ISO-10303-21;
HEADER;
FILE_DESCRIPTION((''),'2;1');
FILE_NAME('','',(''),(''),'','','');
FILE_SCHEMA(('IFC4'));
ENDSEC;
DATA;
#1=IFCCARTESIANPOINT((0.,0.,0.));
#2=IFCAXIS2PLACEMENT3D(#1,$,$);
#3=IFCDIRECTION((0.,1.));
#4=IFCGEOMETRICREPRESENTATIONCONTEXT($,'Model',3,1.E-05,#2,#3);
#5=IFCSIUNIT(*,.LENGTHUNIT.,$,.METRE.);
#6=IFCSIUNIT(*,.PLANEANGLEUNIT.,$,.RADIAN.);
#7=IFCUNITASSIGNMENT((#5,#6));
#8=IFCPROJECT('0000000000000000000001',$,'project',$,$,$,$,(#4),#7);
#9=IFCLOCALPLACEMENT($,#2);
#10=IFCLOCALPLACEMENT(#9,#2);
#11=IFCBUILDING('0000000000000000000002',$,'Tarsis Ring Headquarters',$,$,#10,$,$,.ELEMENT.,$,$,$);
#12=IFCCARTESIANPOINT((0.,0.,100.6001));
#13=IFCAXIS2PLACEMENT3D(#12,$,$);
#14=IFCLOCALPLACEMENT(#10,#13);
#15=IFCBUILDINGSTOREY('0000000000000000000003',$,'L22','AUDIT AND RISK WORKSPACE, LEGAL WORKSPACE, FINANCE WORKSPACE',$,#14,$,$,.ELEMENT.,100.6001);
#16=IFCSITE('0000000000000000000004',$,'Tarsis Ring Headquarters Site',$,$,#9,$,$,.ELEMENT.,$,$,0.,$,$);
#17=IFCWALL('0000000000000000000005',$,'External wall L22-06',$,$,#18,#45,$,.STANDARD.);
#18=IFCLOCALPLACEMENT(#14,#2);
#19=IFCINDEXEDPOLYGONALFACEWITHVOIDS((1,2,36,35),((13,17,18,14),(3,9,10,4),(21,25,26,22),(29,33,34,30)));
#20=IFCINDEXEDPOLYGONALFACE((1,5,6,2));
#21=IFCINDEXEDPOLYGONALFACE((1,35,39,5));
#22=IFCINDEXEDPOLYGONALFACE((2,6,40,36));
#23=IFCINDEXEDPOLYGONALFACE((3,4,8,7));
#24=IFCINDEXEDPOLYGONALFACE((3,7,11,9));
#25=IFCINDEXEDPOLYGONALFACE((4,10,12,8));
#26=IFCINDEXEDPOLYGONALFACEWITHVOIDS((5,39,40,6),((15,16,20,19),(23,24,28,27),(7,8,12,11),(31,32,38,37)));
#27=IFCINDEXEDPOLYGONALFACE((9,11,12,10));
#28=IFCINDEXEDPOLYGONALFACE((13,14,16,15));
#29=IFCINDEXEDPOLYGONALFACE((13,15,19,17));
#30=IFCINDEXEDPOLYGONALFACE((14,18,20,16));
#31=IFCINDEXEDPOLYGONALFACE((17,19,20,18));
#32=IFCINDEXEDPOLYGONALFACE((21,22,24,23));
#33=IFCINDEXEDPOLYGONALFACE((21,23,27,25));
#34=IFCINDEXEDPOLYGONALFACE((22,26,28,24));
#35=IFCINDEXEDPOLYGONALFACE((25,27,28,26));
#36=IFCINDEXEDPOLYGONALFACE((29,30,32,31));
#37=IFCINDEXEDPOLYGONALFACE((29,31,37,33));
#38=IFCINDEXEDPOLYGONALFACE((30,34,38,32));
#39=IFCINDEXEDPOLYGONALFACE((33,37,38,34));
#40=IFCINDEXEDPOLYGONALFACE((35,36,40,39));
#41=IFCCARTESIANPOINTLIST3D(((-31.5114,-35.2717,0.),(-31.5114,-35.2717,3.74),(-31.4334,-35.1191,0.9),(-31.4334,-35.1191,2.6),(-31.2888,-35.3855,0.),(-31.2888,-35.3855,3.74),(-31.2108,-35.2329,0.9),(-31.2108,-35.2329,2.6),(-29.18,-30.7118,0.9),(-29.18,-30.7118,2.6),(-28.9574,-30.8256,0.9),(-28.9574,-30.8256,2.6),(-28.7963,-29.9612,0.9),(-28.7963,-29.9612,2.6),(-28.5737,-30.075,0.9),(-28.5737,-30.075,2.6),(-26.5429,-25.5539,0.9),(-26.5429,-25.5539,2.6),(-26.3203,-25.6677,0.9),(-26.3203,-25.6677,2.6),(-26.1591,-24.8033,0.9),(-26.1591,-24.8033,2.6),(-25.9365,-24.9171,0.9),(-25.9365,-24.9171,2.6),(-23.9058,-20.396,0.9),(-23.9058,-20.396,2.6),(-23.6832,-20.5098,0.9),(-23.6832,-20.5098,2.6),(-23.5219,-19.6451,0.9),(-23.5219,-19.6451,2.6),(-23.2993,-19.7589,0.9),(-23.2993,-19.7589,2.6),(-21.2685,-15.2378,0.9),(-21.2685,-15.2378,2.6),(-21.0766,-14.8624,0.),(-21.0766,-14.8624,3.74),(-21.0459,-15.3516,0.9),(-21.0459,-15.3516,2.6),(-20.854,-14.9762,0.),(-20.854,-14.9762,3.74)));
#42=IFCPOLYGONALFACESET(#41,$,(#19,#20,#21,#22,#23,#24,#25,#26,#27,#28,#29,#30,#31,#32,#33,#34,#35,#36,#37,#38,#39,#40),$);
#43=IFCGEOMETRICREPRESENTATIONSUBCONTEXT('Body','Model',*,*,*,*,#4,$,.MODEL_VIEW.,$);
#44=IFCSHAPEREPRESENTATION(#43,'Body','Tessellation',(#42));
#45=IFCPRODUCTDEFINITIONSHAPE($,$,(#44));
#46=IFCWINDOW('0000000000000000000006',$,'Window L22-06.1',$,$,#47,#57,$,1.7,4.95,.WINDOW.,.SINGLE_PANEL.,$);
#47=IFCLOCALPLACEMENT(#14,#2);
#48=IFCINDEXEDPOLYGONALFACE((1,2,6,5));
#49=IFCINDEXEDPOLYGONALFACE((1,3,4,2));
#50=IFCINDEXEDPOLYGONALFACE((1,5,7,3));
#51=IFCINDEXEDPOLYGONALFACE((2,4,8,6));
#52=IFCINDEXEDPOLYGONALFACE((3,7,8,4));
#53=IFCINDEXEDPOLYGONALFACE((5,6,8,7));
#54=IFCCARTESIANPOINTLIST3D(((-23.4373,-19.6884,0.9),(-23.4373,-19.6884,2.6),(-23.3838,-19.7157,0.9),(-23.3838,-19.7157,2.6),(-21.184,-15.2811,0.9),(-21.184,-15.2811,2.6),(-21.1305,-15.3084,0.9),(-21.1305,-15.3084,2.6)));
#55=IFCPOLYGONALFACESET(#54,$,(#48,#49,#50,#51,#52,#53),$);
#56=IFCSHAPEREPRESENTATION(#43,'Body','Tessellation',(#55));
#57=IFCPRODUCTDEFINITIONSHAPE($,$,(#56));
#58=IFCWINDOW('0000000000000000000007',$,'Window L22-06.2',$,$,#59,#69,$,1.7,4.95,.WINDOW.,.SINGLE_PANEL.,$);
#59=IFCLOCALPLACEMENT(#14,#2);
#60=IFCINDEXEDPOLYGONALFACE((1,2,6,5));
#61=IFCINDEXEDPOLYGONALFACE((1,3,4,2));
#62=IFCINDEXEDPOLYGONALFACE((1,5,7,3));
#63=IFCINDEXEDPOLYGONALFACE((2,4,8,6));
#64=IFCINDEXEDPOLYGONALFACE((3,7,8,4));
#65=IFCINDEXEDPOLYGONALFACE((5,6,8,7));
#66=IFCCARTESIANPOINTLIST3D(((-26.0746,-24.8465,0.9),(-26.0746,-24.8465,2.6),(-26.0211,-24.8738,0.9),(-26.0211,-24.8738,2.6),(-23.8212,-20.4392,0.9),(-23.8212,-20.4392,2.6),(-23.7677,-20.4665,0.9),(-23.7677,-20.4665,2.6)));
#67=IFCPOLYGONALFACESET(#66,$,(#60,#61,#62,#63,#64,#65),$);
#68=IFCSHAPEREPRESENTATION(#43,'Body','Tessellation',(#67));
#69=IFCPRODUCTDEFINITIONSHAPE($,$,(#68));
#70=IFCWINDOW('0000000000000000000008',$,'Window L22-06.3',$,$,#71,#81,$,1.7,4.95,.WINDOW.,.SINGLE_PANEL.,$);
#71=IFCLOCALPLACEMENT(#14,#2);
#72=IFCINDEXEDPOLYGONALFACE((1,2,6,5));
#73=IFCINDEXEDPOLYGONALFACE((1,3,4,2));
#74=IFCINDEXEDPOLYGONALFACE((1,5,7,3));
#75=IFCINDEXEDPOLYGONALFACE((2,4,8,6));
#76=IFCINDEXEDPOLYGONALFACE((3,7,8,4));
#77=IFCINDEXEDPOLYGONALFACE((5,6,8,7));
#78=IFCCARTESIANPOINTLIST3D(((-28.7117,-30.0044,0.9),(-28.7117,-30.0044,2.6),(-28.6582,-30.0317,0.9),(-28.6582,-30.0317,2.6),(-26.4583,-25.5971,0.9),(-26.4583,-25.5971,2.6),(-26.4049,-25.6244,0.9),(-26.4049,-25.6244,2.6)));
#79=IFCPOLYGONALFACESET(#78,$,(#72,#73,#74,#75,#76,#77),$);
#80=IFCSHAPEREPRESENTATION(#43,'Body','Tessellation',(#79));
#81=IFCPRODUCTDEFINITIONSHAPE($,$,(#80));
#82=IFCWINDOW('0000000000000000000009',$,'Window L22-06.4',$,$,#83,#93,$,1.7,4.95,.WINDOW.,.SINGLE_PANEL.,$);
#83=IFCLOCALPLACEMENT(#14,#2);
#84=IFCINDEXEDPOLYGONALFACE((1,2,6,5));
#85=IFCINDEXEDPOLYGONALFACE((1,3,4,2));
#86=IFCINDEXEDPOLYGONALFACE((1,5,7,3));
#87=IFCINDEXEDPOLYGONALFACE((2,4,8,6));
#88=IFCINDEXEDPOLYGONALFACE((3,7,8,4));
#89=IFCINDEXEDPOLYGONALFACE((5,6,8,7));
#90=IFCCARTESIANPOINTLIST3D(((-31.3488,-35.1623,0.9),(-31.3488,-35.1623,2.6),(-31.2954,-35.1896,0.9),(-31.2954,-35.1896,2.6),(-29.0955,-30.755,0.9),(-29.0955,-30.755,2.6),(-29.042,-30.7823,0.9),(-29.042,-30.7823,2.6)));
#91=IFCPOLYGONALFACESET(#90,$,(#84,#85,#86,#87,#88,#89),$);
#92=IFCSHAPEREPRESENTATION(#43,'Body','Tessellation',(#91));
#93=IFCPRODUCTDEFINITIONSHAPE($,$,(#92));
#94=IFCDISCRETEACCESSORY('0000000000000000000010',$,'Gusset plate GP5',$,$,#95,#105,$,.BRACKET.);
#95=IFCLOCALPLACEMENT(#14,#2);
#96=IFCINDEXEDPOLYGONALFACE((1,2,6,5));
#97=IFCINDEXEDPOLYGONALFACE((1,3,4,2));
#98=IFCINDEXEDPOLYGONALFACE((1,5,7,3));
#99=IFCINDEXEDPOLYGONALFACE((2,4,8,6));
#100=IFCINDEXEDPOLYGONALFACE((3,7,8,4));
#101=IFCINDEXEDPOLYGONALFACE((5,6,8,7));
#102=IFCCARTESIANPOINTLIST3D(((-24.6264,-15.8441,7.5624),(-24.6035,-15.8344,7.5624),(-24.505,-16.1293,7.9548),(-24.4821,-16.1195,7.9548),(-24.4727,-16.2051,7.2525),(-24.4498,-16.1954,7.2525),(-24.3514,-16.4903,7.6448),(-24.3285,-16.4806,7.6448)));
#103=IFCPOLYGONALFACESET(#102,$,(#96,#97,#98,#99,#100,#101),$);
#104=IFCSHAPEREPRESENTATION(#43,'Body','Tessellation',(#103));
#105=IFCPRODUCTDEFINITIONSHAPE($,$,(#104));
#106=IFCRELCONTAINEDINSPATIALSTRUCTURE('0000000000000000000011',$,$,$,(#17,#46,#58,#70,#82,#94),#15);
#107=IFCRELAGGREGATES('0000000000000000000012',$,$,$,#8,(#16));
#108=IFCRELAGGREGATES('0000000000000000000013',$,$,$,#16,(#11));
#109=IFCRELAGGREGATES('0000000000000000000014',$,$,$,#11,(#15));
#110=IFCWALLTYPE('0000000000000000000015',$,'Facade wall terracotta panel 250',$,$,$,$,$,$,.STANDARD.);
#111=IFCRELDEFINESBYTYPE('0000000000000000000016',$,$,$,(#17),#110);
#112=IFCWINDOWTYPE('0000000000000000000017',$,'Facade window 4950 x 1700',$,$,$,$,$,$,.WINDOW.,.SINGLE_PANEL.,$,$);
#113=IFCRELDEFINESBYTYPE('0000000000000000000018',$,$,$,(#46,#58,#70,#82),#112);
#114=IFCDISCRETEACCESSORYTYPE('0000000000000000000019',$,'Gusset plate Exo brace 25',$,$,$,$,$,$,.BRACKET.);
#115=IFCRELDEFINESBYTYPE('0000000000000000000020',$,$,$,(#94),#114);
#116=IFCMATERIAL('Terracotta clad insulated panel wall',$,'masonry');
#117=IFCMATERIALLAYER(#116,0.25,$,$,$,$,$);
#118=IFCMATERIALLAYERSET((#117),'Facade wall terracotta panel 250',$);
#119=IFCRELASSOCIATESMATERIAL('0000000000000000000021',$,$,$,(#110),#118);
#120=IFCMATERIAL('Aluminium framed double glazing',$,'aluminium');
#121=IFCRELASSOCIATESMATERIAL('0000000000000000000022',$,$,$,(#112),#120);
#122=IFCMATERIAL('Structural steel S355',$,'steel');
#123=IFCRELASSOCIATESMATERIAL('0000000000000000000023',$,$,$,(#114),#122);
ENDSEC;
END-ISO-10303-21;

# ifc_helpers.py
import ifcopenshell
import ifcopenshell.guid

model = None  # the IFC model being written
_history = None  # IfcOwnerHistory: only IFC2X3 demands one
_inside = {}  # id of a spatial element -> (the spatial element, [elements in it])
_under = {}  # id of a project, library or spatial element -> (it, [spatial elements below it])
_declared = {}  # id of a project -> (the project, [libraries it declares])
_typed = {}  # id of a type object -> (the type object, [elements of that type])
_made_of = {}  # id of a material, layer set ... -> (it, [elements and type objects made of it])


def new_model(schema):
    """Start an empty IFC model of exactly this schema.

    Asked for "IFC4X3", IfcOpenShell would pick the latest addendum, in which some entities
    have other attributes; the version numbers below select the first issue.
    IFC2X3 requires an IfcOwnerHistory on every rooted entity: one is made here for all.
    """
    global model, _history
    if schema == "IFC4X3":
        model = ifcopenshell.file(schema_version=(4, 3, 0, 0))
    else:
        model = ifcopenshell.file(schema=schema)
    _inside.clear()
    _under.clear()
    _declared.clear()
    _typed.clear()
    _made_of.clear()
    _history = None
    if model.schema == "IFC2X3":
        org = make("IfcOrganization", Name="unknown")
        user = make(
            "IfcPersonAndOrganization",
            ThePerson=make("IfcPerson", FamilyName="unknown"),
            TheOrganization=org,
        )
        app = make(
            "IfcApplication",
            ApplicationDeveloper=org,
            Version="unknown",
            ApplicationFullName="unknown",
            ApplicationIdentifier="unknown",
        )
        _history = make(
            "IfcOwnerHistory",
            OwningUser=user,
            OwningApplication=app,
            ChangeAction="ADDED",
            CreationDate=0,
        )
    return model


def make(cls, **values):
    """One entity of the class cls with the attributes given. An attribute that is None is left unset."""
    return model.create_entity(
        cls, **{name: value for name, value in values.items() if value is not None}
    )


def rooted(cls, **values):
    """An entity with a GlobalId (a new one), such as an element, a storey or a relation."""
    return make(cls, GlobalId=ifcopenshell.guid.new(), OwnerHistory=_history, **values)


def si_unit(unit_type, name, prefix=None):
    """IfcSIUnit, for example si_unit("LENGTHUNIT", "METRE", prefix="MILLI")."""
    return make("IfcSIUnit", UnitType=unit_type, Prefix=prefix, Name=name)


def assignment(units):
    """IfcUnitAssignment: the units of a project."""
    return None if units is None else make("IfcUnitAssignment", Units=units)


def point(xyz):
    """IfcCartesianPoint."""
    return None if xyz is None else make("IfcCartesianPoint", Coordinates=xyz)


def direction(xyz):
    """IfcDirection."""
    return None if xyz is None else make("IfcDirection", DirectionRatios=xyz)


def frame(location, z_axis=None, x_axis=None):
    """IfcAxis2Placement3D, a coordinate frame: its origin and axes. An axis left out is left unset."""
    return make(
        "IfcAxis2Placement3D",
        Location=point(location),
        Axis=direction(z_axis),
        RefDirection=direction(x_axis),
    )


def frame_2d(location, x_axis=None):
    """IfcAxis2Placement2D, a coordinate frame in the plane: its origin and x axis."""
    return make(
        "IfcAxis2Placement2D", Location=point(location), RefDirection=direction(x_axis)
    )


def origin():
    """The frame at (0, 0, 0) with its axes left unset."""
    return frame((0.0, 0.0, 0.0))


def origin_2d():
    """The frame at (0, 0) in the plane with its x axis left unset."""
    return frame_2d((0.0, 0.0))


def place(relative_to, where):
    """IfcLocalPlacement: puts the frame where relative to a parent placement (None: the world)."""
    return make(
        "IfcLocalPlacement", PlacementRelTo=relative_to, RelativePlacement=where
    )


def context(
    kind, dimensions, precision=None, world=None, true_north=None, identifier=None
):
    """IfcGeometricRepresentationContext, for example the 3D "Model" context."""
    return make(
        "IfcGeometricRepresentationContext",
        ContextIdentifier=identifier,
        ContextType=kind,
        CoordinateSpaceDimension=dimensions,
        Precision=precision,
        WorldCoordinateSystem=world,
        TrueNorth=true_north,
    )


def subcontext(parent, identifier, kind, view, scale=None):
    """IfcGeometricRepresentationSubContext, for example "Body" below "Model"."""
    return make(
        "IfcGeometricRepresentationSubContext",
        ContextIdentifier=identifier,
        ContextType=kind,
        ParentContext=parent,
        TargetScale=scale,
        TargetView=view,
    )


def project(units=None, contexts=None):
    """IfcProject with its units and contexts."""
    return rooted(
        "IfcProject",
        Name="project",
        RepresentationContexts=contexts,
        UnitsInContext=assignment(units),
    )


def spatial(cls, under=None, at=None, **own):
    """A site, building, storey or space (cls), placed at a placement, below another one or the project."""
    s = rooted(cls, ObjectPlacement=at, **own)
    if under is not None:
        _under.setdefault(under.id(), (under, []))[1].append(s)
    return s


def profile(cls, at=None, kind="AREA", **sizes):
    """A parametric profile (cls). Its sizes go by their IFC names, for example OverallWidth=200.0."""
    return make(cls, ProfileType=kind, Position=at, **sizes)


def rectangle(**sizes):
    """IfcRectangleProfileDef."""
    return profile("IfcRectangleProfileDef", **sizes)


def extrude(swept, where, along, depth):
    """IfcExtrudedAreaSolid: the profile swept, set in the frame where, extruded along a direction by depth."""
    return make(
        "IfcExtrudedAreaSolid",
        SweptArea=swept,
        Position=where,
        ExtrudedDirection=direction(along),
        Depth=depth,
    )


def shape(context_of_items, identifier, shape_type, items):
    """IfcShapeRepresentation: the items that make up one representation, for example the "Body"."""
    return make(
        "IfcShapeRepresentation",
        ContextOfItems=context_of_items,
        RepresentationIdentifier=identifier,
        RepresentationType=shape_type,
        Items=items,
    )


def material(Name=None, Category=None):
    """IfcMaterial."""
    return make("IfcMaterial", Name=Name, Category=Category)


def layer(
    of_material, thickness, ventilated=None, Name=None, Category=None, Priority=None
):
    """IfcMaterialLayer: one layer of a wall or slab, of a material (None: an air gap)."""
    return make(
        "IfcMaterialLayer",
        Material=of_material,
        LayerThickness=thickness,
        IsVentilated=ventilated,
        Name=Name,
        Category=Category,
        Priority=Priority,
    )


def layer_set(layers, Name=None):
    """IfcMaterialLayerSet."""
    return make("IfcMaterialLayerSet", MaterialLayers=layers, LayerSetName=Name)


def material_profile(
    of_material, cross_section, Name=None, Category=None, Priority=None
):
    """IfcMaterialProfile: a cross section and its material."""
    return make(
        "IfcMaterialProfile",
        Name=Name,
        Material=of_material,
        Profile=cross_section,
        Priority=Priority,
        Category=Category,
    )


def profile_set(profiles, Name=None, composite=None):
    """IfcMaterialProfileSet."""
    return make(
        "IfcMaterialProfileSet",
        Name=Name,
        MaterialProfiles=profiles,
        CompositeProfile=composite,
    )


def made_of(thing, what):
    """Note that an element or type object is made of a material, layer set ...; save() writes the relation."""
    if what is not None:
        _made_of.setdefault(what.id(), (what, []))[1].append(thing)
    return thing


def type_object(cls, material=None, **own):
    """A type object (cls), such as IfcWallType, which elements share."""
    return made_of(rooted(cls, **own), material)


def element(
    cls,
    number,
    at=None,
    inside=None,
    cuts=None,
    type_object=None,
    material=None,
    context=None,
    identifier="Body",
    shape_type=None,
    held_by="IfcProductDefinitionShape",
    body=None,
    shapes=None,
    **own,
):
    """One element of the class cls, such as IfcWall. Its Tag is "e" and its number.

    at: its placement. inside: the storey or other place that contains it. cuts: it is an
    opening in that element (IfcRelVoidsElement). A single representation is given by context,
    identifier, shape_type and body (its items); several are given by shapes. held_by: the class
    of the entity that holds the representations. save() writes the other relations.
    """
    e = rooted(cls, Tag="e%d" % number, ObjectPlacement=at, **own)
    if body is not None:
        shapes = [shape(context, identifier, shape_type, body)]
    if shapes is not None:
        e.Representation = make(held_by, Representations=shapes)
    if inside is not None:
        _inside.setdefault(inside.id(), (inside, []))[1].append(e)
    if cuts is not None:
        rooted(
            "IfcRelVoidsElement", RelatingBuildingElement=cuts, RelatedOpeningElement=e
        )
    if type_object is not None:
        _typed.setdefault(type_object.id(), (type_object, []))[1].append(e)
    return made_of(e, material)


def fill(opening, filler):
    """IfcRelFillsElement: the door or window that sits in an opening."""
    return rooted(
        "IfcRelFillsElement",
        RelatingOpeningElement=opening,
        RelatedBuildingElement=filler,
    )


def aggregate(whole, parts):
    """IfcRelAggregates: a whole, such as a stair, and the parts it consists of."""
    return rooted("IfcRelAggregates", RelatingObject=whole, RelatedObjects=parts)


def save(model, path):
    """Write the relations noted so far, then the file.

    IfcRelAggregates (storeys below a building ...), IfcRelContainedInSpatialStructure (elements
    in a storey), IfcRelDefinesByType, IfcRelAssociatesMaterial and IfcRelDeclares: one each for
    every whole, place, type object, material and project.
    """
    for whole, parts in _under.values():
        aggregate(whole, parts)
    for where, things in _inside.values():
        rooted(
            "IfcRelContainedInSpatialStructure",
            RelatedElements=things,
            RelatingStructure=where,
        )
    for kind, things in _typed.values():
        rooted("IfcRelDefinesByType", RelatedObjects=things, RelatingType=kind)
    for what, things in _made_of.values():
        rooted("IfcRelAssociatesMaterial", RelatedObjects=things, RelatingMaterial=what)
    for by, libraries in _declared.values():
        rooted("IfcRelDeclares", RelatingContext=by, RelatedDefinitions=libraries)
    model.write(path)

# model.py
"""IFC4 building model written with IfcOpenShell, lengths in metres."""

from ifc_helpers import new_model, si_unit, direction, frame, frame_2d, origin, origin_2d, place, context, subcontext, project, spatial, rectangle, extrude, material, layer, layer_set, material_profile, profile_set, type_object, element, fill, save


model = new_model("IFC4")

# Units and contexts
model_context = context("Model", 3, precision=1e-05, world=origin(), true_north=direction((0.0, 1.0)))
body_context = subcontext(model_context, "Body", "Model", "MODEL_VIEW")
ifc_project = project(units=[si_unit("LENGTHUNIT", "METRE"), si_unit("PLANEANGLEUNIT", "RADIAN")], contexts=[model_context])

# Site, building, storey
site_placement = place(None, origin())
site = spatial("IfcSite", under=ifc_project, at=site_placement, Name="Tarsis Ring Headquarters Site", CompositionType="ELEMENT", RefElevation=0.0)
building_placement = place(site_placement, origin())
building = spatial("IfcBuilding", under=site, at=building_placement, Name="Tarsis Ring Headquarters", CompositionType="ELEMENT")
storey_placement = place(building_placement, frame((0.0, 0.0, 100.6001)))
storey = spatial("IfcBuildingStorey", under=building, at=storey_placement, Name="L22", Description="AUDIT AND RISK WORKSPACE, LEGAL WORKSPACE, FINANCE WORKSPACE", CompositionType="ELEMENT", Elevation=100.6001)

# Shared definitions
ifc_material_1 = material(Name="Structural steel S355", Category="steel")

# Wall, openings, windows
ifc_material_2 = material(Name="Terracotta clad insulated panel wall", Category="masonry")
ifc_layer_1 = layer(ifc_material_2, 0.25)
ifc_layer_set_1 = layer_set([ifc_layer_1], Name="Facade wall terracotta panel 250")
wall_type_1 = type_object("IfcWallType", Name="Facade wall terracotta panel 250", PredefinedType="STANDARD", material=ifc_layer_set_1)
wall_1_placement = place(storey_placement, frame((-20.9653, -14.9194, 0.0), z_axis=(0.0, 0.0, 1.0), x_axis=(-0.455231, -0.890374, 0.0)))
wall_1 = element("IfcWall", 1, at=wall_1_placement, inside=storey, type_object=wall_type_1, Name="External wall L22-06", PredefinedType="STANDARD", context=body_context, shape_type="SweptSolid", body=[
    extrude(rectangle(XDim=22.9221, YDim=0.25, at=frame_2d((11.4609, 0.0))), origin(), (0.0, 0.0, 1.0), 3.74),
])
opening_1_placement = place(wall_1_placement, frame((0.4214, 0.0, 0.8999)))
opening_1 = element("IfcOpeningElement", 2, at=opening_1_placement, cuts=wall_1, PredefinedType="OPENING", context=body_context, shape_type="SweptSolid", body=[
    extrude(rectangle(XDim=4.95, YDim=1.7, at=frame_2d((2.4751, 0.8501))), frame((0.0, 0.135, 0.0), z_axis=(0.0, -1.0, 0.0), x_axis=(1.0, 0.0, 0.0)), (0.0, 0.0, 1.0), 0.27),
])
opening_2_placement = place(wall_1_placement, frame((6.2146, 0.0, 0.8999)))
opening_2 = element("IfcOpeningElement", 3, at=opening_2_placement, cuts=wall_1, PredefinedType="OPENING", context=body_context, shape_type="SweptSolid", body=[
    extrude(rectangle(XDim=4.95, YDim=1.7, at=frame_2d((2.4751, 0.8501))), frame((0.0, 0.135, 0.0), z_axis=(0.0, -1.0, 0.0), x_axis=(1.0, 0.0, 0.0)), (0.0, 0.0, 1.0), 0.27),
])
opening_3_placement = place(wall_1_placement, frame((12.0076, 0.0, 0.8999)))
opening_3 = element("IfcOpeningElement", 4, at=opening_3_placement, cuts=wall_1, PredefinedType="OPENING", context=body_context, shape_type="SweptSolid", body=[
    extrude(rectangle(XDim=4.95, YDim=1.7, at=frame_2d((2.4751, 0.8501))), frame((0.0, 0.135, 0.0), z_axis=(0.0, -1.0, 0.0), x_axis=(1.0, 0.0, 0.0)), (0.0, 0.0, 1.0), 0.27),
])
opening_4_placement = place(wall_1_placement, frame((17.8005, 0.0, 0.8999)))
opening_4 = element("IfcOpeningElement", 5, at=opening_4_placement, cuts=wall_1, PredefinedType="OPENING", context=body_context, shape_type="SweptSolid", body=[
    extrude(rectangle(XDim=4.95, YDim=1.7, at=frame_2d((2.4751, 0.8501))), frame((0.0, 0.135, 0.0), z_axis=(0.0, -1.0, 0.0), x_axis=(1.0, 0.0, 0.0)), (0.0, 0.0, 1.0), 0.27),
])
ifc_material_3 = material(Name="Aluminium framed double glazing", Category="aluminium")
window_type = type_object("IfcWindowType", Name="Facade window 4950 x 1700", PartitioningType="SINGLE_PANEL", PredefinedType="WINDOW", material=ifc_material_3)
window_1_placement = place(opening_1_placement, origin())
window_1 = element("IfcWindow", 6, at=window_1_placement, inside=storey, type_object=window_type, Name="Window L22-06.1", OverallHeight=1.7, OverallWidth=4.95, PartitioningType="SINGLE_PANEL", PredefinedType="WINDOW", context=body_context, shape_type="SweptSolid", body=[
    extrude(rectangle(XDim=4.95, YDim=1.7, at=frame_2d((2.4751, 0.8501))), frame((0.0, 0.03, 0.0), z_axis=(0.0, -1.0, 0.0), x_axis=(1.0, 0.0, 0.0)), (0.0, 0.0, 1.0), 0.0601),
])
fill(opening_1, window_1)
window_2_placement = place(opening_2_placement, origin())
window_2 = element("IfcWindow", 7, at=window_2_placement, inside=storey, type_object=window_type, Name="Window L22-06.2", OverallHeight=1.7, OverallWidth=4.95, PartitioningType="SINGLE_PANEL", PredefinedType="WINDOW", context=body_context, shape_type="SweptSolid", body=[
    extrude(rectangle(XDim=4.95, YDim=1.7, at=frame_2d((2.4751, 0.8501))), frame((0.0, 0.03, 0.0), z_axis=(0.0, -1.0, 0.0), x_axis=(1.0, 0.0, 0.0)), (0.0, 0.0, 1.0), 0.0601),
])
fill(opening_2, window_2)
window_3_placement = place(opening_3_placement, origin())
window_3 = element("IfcWindow", 8, at=window_3_placement, inside=storey, type_object=window_type, Name="Window L22-06.3", OverallHeight=1.7, OverallWidth=4.95, PartitioningType="SINGLE_PANEL", PredefinedType="WINDOW", context=body_context, shape_type="SweptSolid", body=[
    extrude(rectangle(XDim=4.95, YDim=1.7, at=frame_2d((2.4751, 0.8501))), frame((0.0, 0.03, 0.0), z_axis=(0.0, -1.0, 0.0), x_axis=(1.0, 0.0, 0.0)), (0.0, 0.0, 1.0), 0.0601),
])
fill(opening_3, window_3)
window_4_placement = place(opening_4_placement, origin())
window_4 = element("IfcWindow", 9, at=window_4_placement, inside=storey, type_object=window_type, Name="Window L22-06.4", OverallHeight=1.7, OverallWidth=4.95, PartitioningType="SINGLE_PANEL", PredefinedType="WINDOW", context=body_context, shape_type="SweptSolid", body=[
    extrude(rectangle(XDim=4.95, YDim=1.7, at=frame_2d((2.4751, 0.8501))), frame((0.0, 0.03, 0.0), z_axis=(0.0, -1.0, 0.0), x_axis=(1.0, 0.0, 0.0)), (0.0, 0.0, 1.0), 0.0601),
])
fill(opening_4, window_4)

# Discrete accessory
ifc_material_profile_1 = material_profile(ifc_material_1, rectangle(XDim=0.0249, YDim=0.5, at=origin_2d()), Name="PL 25x500")
ifc_profile_set_1 = profile_set([ifc_material_profile_1], Name="Structural steel S355")
discrete_accessory_type = type_object("IfcDiscreteAccessoryType", Name="Gusset plate Exo brace 25", PredefinedType="BRACKET", material=ifc_profile_set_1)
discrete_accessory_placement = place(storey_placement, frame((-24.4167, -16.3049, 7.7998), z_axis=(-0.242694, 0.570355, -0.784726), x_axis=(-0.920161, -0.391541, 0.0)))
element("IfcDiscreteAccessory", 10, at=discrete_accessory_placement, inside=storey, type_object=discrete_accessory_type, Name="Gusset plate GP5", PredefinedType="BRACKET", context=body_context, shape_type="SweptSolid", body=[
    extrude(rectangle(XDim=0.0249, YDim=0.5, at=origin_2d()), origin(), (0.0, 0.0, 1.0), 0.5),
])

save(model, "model.ifc")
